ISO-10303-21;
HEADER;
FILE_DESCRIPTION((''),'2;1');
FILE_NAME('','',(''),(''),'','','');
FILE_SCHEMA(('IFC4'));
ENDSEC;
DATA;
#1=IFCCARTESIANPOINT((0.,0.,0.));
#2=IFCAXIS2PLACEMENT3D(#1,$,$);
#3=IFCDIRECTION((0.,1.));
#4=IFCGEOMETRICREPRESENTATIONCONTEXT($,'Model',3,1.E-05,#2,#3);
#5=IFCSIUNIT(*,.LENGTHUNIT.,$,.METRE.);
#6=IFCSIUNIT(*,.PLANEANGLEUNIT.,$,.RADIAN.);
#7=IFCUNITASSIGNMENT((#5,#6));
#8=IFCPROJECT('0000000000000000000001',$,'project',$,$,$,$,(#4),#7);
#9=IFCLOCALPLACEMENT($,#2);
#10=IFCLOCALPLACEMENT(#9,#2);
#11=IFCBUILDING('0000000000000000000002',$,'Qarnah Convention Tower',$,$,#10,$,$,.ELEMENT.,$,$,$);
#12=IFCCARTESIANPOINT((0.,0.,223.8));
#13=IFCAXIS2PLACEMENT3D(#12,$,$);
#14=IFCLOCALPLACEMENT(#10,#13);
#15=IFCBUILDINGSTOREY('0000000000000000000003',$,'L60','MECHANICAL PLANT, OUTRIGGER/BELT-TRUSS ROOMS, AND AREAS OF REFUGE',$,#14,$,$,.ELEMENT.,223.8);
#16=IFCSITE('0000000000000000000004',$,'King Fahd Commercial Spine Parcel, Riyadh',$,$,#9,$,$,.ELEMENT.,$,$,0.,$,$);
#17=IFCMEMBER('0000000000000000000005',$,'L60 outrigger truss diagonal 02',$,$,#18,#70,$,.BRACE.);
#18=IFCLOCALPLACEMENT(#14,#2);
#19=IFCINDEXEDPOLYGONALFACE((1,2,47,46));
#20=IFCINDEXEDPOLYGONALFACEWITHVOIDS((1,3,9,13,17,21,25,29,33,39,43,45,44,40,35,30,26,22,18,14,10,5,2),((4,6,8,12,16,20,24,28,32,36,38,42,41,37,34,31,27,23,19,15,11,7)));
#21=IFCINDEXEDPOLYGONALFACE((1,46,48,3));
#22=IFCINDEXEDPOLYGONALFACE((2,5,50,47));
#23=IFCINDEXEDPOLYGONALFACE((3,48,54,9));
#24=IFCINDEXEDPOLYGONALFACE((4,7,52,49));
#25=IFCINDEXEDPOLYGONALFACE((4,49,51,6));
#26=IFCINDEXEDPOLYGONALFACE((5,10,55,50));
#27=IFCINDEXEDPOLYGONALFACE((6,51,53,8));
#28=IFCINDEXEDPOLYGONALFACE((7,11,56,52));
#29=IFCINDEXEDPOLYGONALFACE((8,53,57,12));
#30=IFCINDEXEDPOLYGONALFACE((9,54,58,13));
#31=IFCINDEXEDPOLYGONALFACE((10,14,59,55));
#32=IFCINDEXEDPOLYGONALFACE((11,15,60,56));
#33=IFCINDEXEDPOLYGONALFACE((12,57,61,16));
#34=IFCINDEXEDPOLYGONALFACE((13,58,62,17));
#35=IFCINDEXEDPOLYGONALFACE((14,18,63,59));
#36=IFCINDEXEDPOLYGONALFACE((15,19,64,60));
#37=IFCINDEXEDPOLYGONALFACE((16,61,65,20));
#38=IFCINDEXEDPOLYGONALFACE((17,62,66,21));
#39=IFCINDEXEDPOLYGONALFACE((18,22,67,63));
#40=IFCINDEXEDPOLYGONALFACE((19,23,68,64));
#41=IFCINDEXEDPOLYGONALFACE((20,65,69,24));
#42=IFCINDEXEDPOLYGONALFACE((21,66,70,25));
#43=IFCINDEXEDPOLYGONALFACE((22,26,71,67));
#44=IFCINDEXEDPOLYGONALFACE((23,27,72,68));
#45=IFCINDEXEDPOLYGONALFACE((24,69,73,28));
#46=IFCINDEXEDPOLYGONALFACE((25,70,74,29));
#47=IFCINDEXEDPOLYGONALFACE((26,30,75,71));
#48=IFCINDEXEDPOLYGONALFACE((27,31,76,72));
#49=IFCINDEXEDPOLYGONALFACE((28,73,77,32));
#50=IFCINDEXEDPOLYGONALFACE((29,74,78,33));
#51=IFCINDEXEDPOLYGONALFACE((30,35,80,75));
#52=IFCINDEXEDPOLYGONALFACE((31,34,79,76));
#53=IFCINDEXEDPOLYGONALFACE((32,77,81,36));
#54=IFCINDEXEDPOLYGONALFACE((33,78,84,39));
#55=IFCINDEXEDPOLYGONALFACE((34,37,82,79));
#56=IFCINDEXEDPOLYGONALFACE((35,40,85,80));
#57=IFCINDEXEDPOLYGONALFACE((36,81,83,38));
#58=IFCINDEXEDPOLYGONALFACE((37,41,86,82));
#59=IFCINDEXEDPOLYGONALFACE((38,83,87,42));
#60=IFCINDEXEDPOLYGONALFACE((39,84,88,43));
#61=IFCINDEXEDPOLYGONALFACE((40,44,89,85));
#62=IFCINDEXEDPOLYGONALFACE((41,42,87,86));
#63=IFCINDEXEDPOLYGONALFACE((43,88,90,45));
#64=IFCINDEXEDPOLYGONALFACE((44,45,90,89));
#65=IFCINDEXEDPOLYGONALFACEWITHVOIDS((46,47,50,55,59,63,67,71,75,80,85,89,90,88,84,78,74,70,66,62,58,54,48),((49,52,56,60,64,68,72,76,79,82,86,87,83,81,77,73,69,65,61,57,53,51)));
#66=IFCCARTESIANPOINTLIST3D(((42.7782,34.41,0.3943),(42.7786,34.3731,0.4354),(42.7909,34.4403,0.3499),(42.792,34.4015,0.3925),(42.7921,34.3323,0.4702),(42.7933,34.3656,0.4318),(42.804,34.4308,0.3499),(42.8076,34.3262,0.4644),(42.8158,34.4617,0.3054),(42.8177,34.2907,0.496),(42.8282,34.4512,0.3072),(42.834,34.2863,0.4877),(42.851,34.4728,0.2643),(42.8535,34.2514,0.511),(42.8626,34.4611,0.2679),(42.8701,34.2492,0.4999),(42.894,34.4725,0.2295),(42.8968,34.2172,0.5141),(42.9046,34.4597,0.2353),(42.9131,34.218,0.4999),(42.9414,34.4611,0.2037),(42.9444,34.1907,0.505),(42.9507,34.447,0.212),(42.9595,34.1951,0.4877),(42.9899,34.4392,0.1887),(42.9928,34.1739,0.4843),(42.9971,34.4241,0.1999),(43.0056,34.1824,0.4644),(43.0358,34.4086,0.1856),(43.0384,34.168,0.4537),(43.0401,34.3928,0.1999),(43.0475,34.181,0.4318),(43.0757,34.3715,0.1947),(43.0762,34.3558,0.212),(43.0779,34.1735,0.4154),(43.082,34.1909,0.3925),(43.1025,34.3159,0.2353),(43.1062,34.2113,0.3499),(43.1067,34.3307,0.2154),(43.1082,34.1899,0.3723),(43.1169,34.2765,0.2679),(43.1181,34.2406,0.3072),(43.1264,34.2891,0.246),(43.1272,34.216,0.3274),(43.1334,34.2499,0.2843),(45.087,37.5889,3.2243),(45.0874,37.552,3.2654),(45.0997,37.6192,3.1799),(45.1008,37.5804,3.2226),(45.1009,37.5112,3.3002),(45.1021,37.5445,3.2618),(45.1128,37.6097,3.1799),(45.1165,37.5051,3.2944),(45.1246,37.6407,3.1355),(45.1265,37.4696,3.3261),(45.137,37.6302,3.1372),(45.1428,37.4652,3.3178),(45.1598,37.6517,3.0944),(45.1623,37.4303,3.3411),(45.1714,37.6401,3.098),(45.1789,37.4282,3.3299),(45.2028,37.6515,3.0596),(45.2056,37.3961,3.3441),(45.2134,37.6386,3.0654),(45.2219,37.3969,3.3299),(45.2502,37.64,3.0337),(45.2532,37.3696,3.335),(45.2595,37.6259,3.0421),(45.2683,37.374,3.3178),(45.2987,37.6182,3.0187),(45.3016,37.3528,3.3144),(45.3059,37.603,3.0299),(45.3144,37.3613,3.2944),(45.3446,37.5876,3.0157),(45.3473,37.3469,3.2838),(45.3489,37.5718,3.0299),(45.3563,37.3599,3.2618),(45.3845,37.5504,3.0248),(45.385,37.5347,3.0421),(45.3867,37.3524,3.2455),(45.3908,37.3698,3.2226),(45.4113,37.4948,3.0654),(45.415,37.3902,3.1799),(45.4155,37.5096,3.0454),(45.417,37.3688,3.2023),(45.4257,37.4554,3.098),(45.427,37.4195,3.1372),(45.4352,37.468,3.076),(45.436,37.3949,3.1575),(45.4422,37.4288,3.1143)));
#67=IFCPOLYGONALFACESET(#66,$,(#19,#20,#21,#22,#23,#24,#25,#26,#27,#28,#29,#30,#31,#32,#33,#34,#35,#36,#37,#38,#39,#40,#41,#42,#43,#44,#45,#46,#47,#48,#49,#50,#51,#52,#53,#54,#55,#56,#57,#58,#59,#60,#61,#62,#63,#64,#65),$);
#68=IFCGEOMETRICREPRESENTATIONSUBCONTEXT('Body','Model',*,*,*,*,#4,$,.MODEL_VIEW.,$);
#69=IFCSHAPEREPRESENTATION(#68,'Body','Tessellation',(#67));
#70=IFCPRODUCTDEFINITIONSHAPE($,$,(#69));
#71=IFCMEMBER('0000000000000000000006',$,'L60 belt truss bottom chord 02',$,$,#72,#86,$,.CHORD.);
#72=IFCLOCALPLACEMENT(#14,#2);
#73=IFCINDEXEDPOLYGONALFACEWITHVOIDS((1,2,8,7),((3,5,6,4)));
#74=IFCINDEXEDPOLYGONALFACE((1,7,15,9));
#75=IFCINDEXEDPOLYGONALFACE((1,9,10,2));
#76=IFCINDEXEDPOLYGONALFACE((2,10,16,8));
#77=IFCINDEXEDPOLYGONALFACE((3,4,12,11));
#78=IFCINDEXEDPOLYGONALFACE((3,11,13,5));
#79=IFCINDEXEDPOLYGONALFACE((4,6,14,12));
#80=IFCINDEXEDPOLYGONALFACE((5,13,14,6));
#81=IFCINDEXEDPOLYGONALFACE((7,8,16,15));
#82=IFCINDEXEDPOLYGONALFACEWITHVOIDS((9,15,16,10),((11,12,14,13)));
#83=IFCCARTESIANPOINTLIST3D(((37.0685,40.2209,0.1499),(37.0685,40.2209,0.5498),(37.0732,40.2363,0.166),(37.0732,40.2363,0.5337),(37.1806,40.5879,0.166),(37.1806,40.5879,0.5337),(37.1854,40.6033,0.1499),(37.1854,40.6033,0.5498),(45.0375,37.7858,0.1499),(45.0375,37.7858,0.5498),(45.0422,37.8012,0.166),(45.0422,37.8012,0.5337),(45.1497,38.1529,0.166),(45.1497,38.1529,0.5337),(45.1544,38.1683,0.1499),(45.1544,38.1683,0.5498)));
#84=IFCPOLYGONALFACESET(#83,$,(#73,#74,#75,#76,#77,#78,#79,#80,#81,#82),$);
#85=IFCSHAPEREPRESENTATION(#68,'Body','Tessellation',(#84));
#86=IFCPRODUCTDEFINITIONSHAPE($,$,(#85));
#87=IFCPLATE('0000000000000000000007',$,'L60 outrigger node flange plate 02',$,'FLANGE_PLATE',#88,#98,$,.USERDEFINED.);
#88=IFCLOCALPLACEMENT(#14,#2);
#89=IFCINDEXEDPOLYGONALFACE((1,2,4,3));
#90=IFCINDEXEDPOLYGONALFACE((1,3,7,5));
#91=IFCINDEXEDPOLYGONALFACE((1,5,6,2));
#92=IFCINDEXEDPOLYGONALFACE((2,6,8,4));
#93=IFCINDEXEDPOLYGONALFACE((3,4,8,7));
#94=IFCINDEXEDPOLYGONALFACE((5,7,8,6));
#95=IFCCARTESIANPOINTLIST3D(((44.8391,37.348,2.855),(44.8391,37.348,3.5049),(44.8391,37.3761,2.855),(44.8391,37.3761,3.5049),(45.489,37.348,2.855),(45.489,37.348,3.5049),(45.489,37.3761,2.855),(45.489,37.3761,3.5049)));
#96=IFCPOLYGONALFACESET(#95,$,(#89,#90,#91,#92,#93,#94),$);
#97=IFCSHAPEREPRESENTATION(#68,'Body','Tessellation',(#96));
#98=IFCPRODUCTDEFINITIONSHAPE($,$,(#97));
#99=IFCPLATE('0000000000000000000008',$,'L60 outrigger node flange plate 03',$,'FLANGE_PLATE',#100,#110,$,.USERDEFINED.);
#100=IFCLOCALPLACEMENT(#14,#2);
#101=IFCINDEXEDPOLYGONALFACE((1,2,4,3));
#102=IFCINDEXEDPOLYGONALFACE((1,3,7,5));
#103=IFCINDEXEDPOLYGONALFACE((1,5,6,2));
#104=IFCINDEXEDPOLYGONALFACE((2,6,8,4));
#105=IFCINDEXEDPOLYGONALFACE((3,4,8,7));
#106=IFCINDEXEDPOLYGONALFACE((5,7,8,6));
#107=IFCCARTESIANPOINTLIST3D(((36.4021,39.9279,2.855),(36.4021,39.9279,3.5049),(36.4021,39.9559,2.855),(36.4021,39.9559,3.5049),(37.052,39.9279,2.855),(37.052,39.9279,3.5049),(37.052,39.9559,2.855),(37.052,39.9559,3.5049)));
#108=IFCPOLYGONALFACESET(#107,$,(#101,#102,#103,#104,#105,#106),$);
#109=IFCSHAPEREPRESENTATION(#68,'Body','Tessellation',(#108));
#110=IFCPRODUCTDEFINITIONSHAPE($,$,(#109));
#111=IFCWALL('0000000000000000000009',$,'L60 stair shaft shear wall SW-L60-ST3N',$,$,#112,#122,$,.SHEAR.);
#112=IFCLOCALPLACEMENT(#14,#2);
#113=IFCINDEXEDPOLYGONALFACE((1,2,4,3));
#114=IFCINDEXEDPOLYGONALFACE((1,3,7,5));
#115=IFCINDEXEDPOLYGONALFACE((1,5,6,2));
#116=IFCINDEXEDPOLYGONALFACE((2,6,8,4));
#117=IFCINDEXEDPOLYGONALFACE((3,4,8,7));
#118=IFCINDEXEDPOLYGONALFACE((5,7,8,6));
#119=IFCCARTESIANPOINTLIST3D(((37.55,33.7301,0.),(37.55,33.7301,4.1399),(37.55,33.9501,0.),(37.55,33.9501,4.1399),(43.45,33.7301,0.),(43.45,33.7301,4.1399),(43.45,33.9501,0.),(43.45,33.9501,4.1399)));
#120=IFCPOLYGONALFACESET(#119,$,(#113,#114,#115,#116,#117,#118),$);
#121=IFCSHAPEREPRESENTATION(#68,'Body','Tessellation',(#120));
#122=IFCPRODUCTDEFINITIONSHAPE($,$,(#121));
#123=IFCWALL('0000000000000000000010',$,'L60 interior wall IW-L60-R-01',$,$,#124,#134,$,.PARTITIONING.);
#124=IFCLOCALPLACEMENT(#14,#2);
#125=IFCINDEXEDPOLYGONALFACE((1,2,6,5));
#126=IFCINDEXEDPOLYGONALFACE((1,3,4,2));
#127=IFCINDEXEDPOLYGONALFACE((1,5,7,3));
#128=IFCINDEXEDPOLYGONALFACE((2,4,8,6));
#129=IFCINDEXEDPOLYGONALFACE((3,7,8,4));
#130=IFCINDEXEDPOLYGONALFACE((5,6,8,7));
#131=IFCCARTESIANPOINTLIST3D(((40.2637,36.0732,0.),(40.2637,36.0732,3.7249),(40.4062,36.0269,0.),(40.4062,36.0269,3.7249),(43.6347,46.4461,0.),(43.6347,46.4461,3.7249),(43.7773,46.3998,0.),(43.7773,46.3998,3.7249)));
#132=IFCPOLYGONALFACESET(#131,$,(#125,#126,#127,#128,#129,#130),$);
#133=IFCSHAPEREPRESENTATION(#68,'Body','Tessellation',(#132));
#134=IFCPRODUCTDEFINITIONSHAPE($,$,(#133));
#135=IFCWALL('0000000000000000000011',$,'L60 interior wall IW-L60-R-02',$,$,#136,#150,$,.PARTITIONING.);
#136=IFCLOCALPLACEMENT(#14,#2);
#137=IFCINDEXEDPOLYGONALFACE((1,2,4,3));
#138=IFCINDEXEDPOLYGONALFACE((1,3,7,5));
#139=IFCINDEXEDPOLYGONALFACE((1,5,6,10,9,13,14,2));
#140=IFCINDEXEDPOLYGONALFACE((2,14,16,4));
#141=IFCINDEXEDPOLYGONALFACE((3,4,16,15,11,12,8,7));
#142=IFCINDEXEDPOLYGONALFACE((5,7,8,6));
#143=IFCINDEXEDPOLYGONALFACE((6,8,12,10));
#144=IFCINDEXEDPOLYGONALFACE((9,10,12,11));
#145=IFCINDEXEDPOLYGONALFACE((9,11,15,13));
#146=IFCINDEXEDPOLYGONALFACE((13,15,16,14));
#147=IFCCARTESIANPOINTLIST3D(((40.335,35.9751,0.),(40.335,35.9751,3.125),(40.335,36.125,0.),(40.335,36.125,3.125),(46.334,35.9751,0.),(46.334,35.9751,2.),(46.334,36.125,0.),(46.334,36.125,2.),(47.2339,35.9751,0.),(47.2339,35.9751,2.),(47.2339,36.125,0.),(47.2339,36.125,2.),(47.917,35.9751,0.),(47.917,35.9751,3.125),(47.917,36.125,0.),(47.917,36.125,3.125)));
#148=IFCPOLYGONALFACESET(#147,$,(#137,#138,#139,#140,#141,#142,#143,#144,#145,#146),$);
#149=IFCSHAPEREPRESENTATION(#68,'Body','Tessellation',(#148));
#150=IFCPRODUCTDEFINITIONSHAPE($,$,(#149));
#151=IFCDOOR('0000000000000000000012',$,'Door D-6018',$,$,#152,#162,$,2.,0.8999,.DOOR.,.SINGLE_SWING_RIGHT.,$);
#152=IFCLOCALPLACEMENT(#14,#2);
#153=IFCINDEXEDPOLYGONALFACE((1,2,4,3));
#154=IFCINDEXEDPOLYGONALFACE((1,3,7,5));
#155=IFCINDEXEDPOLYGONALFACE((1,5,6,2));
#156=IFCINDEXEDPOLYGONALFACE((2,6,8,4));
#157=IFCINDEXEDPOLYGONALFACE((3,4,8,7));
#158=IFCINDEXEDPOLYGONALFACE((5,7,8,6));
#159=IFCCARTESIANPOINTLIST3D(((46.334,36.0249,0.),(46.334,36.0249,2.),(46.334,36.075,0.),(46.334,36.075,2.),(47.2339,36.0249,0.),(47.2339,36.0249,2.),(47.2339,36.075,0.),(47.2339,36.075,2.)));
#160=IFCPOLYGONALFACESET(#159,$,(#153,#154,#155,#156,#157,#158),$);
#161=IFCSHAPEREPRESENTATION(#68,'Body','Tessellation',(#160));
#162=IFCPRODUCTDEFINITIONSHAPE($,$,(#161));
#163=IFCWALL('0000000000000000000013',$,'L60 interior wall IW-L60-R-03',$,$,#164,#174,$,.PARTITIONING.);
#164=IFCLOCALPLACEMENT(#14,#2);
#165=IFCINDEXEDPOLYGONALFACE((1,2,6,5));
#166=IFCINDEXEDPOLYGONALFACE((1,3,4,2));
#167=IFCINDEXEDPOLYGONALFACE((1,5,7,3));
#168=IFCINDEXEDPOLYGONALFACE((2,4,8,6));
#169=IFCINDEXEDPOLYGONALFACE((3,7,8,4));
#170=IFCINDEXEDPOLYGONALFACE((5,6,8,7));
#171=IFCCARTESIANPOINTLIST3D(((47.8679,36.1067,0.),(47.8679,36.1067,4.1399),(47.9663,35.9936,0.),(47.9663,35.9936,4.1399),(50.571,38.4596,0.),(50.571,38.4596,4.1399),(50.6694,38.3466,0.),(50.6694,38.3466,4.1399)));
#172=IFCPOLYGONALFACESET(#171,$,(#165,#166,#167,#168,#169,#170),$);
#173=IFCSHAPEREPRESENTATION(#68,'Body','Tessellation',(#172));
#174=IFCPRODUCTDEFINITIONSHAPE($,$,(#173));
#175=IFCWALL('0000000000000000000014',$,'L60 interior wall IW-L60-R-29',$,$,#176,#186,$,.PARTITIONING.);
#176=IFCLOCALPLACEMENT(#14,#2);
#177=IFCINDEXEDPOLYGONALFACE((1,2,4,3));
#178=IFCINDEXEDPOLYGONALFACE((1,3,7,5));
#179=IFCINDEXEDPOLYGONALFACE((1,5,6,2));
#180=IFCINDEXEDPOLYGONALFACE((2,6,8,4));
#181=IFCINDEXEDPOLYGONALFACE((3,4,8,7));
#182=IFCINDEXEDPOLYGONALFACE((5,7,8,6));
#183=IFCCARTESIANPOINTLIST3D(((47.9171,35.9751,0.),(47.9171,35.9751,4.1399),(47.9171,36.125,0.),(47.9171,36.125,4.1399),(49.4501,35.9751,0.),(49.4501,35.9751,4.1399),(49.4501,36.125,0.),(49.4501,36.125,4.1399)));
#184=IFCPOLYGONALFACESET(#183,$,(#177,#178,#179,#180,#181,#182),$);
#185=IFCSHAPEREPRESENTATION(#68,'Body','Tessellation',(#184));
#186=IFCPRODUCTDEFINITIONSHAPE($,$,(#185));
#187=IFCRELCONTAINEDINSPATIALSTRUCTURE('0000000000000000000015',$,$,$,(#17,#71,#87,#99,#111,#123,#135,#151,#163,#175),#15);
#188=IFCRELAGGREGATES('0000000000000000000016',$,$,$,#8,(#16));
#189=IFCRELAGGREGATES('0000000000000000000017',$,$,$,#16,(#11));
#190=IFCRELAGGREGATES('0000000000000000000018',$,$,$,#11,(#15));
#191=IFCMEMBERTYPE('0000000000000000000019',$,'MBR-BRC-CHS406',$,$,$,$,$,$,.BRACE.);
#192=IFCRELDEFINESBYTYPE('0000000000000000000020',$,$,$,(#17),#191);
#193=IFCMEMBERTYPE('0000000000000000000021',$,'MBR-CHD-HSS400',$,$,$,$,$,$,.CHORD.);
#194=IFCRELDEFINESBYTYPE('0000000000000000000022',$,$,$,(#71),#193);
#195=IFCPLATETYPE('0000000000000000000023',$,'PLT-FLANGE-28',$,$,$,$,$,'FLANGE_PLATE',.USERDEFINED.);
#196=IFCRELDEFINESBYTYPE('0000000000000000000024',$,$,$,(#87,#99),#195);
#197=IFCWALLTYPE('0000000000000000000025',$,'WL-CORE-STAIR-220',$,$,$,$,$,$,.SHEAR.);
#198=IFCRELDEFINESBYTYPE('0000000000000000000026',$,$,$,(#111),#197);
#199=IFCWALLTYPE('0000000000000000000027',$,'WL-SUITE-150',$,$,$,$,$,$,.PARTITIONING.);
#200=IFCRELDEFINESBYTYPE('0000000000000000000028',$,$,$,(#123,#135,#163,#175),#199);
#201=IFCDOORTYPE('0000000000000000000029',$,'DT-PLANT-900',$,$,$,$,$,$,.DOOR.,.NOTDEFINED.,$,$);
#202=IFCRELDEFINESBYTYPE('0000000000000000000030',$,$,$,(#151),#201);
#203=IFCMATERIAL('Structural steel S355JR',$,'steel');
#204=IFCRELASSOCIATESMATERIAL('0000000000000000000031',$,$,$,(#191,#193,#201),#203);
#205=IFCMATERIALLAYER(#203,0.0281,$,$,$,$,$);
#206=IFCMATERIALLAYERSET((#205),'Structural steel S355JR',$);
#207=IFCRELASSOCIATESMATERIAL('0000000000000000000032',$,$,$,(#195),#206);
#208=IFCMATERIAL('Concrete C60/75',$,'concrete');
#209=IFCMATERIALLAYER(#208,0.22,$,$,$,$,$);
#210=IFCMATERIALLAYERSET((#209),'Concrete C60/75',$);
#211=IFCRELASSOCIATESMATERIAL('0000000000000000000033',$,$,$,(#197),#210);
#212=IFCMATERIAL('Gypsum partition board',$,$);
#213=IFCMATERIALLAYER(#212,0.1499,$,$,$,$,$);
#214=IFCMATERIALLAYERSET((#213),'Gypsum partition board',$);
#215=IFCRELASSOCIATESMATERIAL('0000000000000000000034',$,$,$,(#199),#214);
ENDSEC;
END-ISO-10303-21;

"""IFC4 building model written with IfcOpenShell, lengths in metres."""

from ifc_helpers import new_model, si_unit, direction, frame, frame_2d, origin, origin_2d, place, context, subcontext, project, spatial, rectangle, hollow_rectangle, hollow_circle, extrude, material, layer, layer_set, material_profile, profile_set, type_object, element, fill, save


model = new_model("IFC4")

# Units and contexts
model_context = context("Model", 3, precision=1e-05, world=origin(), true_north=direction((0.0, 1.0)))
body_context = subcontext(model_context, "Body", "Model", "MODEL_VIEW")
ifc_project = project(units=[si_unit("LENGTHUNIT", "METRE"), si_unit("PLANEANGLEUNIT", "RADIAN")], contexts=[model_context])

# Site, building, storey
site_placement = place(None, origin())
site = spatial("IfcSite", under=ifc_project, at=site_placement, Name="King Fahd Commercial Spine Parcel, Riyadh", CompositionType="ELEMENT", RefElevation=0.0)
building_placement = place(site_placement, origin())
building = spatial("IfcBuilding", under=site, at=building_placement, Name="Qarnah Convention Tower", CompositionType="ELEMENT")
storey_placement = place(building_placement, frame((0.0, 0.0, 223.8)))
storey = spatial("IfcBuildingStorey", under=building, at=storey_placement, Name="L60", Description="MECHANICAL PLANT, OUTRIGGER/BELT-TRUSS ROOMS, AND AREAS OF REFUGE", CompositionType="ELEMENT", Elevation=223.8)

# Shared definitions
ifc_material_1 = material(Name="Structural steel S355JR", Category="steel")

# Members
ifc_material_profile_1 = material_profile(ifc_material_1, hollow_circle(Radius=0.2029, WallThickness=0.0161, at=origin_2d()), Name="CHS406X16")
ifc_profile_set_1 = profile_set([ifc_material_profile_1], Name="Structural steel S355JR")
member_type_1 = type_object("IfcMemberType", Name="MBR-BRC-CHS406", PredefinedType="BRACE", material=ifc_profile_set_1)
member_1_placement = place(storey_placement, frame((42.9551, 34.321, 0.3499), z_axis=(0.476827, 0.656525, 0.584475), x_axis=(-0.809115, 0.587651, 0.0)))
element("IfcMember", 1, at=member_1_placement, inside=storey, type_object=member_type_1, Name="L60 outrigger truss diagonal 02", PredefinedType="BRACE", context=body_context, shape_type="SweptSolid", body=[
    extrude(hollow_circle(Radius=0.2029, WallThickness=0.0161, at=origin_2d()), origin(), (0.0, 0.0, 1.0), 4.842),
])
ifc_material_profile_2 = material_profile(ifc_material_1, hollow_rectangle(XDim=0.3999, YDim=0.3999, WallThickness=0.0161, at=origin_2d()), Name="HSS400X400X16")
ifc_profile_set_2 = profile_set([ifc_material_profile_2], Name="Structural steel S355JR")
member_type_2 = type_object("IfcMemberType", Name="MBR-CHD-HSS400", PredefinedType="CHORD", material=ifc_profile_set_2)
member_2_placement = place(storey_placement, frame((45.0959, 37.9771, 0.3499), z_axis=(-0.956349, 0.292228, 0.0), x_axis=(-0.292228, -0.956349, 0.0)))
element("IfcMember", 2, at=member_2_placement, inside=storey, type_object=member_type_2, Name="L60 belt truss bottom chord 02", PredefinedType="CHORD", context=body_context, shape_type="SweptSolid", body=[
    extrude(hollow_rectangle(XDim=0.3999, YDim=0.3999, WallThickness=0.0161, at=origin_2d()), origin(), (0.0, 0.0, 1.0), 8.3328),
])

# Plates
ifc_layer_1 = layer(ifc_material_1, 0.0281)
ifc_layer_set_1 = layer_set([ifc_layer_1], Name="Structural steel S355JR")
plate_type = type_object("IfcPlateType", Name="PLT-FLANGE-28", ElementType="FLANGE_PLATE", PredefinedType="USERDEFINED", material=ifc_layer_set_1)
for number, where, z_axis, x_axis, name in (
    (3, (45.1641, 37.3621, 2.855), (0.0, 0.0, 1.0), (1.0, 0.0, 0.0), "L60 outrigger node flange plate 02"),
    (4, (36.7271, 39.9419, 2.855), (0.0, 0.0, 1.0), (1.0, 0.0, 0.0), "L60 outrigger node flange plate 03"),
):
    element("IfcPlate", number, at=place(storey_placement, frame(where, z_axis=z_axis, x_axis=x_axis)), inside=storey, type_object=plate_type, Name=name, ObjectType="FLANGE_PLATE", PredefinedType="USERDEFINED", context=body_context, shape_type="SweptSolid", body=[
        extrude(rectangle(XDim=0.6499, YDim=0.0281, at=origin_2d()), origin(), (0.0, 0.0, 1.0), 0.6499),
    ])

# Walls
ifc_material_2 = material(Name="Concrete C60/75", Category="concrete")
ifc_layer_2 = layer(ifc_material_2, 0.22)
ifc_layer_set_2 = layer_set([ifc_layer_2], Name="Concrete C60/75")
wall_type_1 = type_object("IfcWallType", Name="WL-CORE-STAIR-220", PredefinedType="SHEAR", material=ifc_layer_set_2)
wall_1_placement = place(storey_placement, frame((37.55, 33.8401, 0.0), z_axis=(0.0, 0.0, 1.0), x_axis=(1.0, 0.0, 0.0)))
element("IfcWall", 5, at=wall_1_placement, inside=storey, type_object=wall_type_1, Name="L60 stair shaft shear wall SW-L60-ST3N", PredefinedType="SHEAR", context=body_context, shape_type="SweptSolid", body=[
    extrude(rectangle(XDim=5.8999, YDim=0.22, at=frame_2d((2.95, 0.0))), origin(), (0.0, 0.0, 1.0), 4.1399),
])
ifc_material_3 = material(Name="Gypsum partition board")
ifc_layer_3 = layer(ifc_material_3, 0.1499)
ifc_layer_set_3 = layer_set([ifc_layer_3], Name="Gypsum partition board")
wall_type_2 = type_object("IfcWallType", Name="WL-SUITE-150", PredefinedType="PARTITIONING", material=ifc_layer_set_3)
wall_2_placement = place(storey_placement, frame((43.7061, 46.4231, 0.0), z_axis=(0.0, 0.0, 1.0), x_axis=(-0.309074, -0.951038, 0.0)))
element("IfcWall", 6, at=wall_2_placement, inside=storey, type_object=wall_type_2, Name="L60 interior wall IW-L60-R-01", PredefinedType="PARTITIONING", context=body_context, shape_type="SweptSolid", body=[
    extrude(rectangle(XDim=10.907, YDim=0.1499, at=frame_2d((5.4536, 0.0))), origin(), (0.0, 0.0, 1.0), 3.7249),
])

# Wall, opening, door
wall_3_placement = place(storey_placement, frame((40.335, 36.05, 0.0), z_axis=(0.0, 0.0, 1.0), x_axis=(1.0, 0.0, 0.0)))
wall_3 = element("IfcWall", 7, at=wall_3_placement, inside=storey, type_object=wall_type_2, Name="L60 interior wall IW-L60-R-02", PredefinedType="PARTITIONING", context=body_context, shape_type="SweptSolid", body=[
    extrude(rectangle(XDim=7.582, YDim=0.1499, at=frame_2d((3.791, 0.0))), origin(), (0.0, 0.0, 1.0), 3.125),
])
opening_1_placement = place(wall_3_placement, frame((5.999, 0.0, 0.0)))
opening_1 = element("IfcOpeningElement", 8, at=opening_1_placement, cuts=wall_3, PredefinedType="OPENING", context=body_context, shape_type="SweptSolid", body=[
    extrude(rectangle(XDim=0.8999, YDim=2.0, at=frame_2d((0.45, 1.0))), frame((0.0, 0.085, 0.0), z_axis=(0.0, -1.0, 0.0), x_axis=(1.0, 0.0, 0.0)), (0.0, 0.0, 1.0), 0.1699),
])
door_type = type_object("IfcDoorType", Name="DT-PLANT-900", OperationType="NOTDEFINED", PredefinedType="DOOR", material=ifc_material_1)
door_1_placement = place(opening_1_placement, origin())
door_1 = element("IfcDoor", 9, at=door_1_placement, inside=storey, type_object=door_type, Name="Door D-6018", OperationType="SINGLE_SWING_RIGHT", OverallHeight=2.0, OverallWidth=0.8999, PredefinedType="DOOR", context=body_context, shape_type="SweptSolid", body=[
    extrude(rectangle(XDim=0.8999, YDim=2.0, at=frame_2d((0.45, 1.0))), frame((0.0, 0.0249, 0.0), z_axis=(0.0, -1.0, 0.0), x_axis=(1.0, 0.0, 0.0)), (0.0, 0.0, 1.0), 0.05),
])
fill(opening_1, door_1)

# Walls
wall_4_placement = place(storey_placement, frame((47.917, 36.05, 0.0), z_axis=(0.0, 0.0, 1.0), x_axis=(0.754262, 0.656573, 0.0)))
element("IfcWall", 10, at=wall_4_placement, inside=storey, type_object=wall_type_2, Name="L60 interior wall IW-L60-R-03", PredefinedType="PARTITIONING", context=body_context, shape_type="SweptSolid", body=[
    extrude(rectangle(XDim=3.5837, YDim=0.1499, at=frame_2d((1.792, 0.0))), origin(), (0.0, 0.0, 1.0), 4.1399),
])
wall_5_placement = place(storey_placement, frame((47.917, 36.05, 0.0), z_axis=(0.0, 0.0, 1.0), x_axis=(1.0, 0.0, 0.0)))
element("IfcWall", 11, at=wall_5_placement, inside=storey, type_object=wall_type_2, Name="L60 interior wall IW-L60-R-29", PredefinedType="PARTITIONING", context=body_context, shape_type="SweptSolid", body=[
    extrude(rectangle(XDim=1.533, YDim=0.1499, at=frame_2d((0.7666, 0.0))), origin(), (0.0, 0.0, 1.0), 4.1399),
])

save(model, "model.ifc")
